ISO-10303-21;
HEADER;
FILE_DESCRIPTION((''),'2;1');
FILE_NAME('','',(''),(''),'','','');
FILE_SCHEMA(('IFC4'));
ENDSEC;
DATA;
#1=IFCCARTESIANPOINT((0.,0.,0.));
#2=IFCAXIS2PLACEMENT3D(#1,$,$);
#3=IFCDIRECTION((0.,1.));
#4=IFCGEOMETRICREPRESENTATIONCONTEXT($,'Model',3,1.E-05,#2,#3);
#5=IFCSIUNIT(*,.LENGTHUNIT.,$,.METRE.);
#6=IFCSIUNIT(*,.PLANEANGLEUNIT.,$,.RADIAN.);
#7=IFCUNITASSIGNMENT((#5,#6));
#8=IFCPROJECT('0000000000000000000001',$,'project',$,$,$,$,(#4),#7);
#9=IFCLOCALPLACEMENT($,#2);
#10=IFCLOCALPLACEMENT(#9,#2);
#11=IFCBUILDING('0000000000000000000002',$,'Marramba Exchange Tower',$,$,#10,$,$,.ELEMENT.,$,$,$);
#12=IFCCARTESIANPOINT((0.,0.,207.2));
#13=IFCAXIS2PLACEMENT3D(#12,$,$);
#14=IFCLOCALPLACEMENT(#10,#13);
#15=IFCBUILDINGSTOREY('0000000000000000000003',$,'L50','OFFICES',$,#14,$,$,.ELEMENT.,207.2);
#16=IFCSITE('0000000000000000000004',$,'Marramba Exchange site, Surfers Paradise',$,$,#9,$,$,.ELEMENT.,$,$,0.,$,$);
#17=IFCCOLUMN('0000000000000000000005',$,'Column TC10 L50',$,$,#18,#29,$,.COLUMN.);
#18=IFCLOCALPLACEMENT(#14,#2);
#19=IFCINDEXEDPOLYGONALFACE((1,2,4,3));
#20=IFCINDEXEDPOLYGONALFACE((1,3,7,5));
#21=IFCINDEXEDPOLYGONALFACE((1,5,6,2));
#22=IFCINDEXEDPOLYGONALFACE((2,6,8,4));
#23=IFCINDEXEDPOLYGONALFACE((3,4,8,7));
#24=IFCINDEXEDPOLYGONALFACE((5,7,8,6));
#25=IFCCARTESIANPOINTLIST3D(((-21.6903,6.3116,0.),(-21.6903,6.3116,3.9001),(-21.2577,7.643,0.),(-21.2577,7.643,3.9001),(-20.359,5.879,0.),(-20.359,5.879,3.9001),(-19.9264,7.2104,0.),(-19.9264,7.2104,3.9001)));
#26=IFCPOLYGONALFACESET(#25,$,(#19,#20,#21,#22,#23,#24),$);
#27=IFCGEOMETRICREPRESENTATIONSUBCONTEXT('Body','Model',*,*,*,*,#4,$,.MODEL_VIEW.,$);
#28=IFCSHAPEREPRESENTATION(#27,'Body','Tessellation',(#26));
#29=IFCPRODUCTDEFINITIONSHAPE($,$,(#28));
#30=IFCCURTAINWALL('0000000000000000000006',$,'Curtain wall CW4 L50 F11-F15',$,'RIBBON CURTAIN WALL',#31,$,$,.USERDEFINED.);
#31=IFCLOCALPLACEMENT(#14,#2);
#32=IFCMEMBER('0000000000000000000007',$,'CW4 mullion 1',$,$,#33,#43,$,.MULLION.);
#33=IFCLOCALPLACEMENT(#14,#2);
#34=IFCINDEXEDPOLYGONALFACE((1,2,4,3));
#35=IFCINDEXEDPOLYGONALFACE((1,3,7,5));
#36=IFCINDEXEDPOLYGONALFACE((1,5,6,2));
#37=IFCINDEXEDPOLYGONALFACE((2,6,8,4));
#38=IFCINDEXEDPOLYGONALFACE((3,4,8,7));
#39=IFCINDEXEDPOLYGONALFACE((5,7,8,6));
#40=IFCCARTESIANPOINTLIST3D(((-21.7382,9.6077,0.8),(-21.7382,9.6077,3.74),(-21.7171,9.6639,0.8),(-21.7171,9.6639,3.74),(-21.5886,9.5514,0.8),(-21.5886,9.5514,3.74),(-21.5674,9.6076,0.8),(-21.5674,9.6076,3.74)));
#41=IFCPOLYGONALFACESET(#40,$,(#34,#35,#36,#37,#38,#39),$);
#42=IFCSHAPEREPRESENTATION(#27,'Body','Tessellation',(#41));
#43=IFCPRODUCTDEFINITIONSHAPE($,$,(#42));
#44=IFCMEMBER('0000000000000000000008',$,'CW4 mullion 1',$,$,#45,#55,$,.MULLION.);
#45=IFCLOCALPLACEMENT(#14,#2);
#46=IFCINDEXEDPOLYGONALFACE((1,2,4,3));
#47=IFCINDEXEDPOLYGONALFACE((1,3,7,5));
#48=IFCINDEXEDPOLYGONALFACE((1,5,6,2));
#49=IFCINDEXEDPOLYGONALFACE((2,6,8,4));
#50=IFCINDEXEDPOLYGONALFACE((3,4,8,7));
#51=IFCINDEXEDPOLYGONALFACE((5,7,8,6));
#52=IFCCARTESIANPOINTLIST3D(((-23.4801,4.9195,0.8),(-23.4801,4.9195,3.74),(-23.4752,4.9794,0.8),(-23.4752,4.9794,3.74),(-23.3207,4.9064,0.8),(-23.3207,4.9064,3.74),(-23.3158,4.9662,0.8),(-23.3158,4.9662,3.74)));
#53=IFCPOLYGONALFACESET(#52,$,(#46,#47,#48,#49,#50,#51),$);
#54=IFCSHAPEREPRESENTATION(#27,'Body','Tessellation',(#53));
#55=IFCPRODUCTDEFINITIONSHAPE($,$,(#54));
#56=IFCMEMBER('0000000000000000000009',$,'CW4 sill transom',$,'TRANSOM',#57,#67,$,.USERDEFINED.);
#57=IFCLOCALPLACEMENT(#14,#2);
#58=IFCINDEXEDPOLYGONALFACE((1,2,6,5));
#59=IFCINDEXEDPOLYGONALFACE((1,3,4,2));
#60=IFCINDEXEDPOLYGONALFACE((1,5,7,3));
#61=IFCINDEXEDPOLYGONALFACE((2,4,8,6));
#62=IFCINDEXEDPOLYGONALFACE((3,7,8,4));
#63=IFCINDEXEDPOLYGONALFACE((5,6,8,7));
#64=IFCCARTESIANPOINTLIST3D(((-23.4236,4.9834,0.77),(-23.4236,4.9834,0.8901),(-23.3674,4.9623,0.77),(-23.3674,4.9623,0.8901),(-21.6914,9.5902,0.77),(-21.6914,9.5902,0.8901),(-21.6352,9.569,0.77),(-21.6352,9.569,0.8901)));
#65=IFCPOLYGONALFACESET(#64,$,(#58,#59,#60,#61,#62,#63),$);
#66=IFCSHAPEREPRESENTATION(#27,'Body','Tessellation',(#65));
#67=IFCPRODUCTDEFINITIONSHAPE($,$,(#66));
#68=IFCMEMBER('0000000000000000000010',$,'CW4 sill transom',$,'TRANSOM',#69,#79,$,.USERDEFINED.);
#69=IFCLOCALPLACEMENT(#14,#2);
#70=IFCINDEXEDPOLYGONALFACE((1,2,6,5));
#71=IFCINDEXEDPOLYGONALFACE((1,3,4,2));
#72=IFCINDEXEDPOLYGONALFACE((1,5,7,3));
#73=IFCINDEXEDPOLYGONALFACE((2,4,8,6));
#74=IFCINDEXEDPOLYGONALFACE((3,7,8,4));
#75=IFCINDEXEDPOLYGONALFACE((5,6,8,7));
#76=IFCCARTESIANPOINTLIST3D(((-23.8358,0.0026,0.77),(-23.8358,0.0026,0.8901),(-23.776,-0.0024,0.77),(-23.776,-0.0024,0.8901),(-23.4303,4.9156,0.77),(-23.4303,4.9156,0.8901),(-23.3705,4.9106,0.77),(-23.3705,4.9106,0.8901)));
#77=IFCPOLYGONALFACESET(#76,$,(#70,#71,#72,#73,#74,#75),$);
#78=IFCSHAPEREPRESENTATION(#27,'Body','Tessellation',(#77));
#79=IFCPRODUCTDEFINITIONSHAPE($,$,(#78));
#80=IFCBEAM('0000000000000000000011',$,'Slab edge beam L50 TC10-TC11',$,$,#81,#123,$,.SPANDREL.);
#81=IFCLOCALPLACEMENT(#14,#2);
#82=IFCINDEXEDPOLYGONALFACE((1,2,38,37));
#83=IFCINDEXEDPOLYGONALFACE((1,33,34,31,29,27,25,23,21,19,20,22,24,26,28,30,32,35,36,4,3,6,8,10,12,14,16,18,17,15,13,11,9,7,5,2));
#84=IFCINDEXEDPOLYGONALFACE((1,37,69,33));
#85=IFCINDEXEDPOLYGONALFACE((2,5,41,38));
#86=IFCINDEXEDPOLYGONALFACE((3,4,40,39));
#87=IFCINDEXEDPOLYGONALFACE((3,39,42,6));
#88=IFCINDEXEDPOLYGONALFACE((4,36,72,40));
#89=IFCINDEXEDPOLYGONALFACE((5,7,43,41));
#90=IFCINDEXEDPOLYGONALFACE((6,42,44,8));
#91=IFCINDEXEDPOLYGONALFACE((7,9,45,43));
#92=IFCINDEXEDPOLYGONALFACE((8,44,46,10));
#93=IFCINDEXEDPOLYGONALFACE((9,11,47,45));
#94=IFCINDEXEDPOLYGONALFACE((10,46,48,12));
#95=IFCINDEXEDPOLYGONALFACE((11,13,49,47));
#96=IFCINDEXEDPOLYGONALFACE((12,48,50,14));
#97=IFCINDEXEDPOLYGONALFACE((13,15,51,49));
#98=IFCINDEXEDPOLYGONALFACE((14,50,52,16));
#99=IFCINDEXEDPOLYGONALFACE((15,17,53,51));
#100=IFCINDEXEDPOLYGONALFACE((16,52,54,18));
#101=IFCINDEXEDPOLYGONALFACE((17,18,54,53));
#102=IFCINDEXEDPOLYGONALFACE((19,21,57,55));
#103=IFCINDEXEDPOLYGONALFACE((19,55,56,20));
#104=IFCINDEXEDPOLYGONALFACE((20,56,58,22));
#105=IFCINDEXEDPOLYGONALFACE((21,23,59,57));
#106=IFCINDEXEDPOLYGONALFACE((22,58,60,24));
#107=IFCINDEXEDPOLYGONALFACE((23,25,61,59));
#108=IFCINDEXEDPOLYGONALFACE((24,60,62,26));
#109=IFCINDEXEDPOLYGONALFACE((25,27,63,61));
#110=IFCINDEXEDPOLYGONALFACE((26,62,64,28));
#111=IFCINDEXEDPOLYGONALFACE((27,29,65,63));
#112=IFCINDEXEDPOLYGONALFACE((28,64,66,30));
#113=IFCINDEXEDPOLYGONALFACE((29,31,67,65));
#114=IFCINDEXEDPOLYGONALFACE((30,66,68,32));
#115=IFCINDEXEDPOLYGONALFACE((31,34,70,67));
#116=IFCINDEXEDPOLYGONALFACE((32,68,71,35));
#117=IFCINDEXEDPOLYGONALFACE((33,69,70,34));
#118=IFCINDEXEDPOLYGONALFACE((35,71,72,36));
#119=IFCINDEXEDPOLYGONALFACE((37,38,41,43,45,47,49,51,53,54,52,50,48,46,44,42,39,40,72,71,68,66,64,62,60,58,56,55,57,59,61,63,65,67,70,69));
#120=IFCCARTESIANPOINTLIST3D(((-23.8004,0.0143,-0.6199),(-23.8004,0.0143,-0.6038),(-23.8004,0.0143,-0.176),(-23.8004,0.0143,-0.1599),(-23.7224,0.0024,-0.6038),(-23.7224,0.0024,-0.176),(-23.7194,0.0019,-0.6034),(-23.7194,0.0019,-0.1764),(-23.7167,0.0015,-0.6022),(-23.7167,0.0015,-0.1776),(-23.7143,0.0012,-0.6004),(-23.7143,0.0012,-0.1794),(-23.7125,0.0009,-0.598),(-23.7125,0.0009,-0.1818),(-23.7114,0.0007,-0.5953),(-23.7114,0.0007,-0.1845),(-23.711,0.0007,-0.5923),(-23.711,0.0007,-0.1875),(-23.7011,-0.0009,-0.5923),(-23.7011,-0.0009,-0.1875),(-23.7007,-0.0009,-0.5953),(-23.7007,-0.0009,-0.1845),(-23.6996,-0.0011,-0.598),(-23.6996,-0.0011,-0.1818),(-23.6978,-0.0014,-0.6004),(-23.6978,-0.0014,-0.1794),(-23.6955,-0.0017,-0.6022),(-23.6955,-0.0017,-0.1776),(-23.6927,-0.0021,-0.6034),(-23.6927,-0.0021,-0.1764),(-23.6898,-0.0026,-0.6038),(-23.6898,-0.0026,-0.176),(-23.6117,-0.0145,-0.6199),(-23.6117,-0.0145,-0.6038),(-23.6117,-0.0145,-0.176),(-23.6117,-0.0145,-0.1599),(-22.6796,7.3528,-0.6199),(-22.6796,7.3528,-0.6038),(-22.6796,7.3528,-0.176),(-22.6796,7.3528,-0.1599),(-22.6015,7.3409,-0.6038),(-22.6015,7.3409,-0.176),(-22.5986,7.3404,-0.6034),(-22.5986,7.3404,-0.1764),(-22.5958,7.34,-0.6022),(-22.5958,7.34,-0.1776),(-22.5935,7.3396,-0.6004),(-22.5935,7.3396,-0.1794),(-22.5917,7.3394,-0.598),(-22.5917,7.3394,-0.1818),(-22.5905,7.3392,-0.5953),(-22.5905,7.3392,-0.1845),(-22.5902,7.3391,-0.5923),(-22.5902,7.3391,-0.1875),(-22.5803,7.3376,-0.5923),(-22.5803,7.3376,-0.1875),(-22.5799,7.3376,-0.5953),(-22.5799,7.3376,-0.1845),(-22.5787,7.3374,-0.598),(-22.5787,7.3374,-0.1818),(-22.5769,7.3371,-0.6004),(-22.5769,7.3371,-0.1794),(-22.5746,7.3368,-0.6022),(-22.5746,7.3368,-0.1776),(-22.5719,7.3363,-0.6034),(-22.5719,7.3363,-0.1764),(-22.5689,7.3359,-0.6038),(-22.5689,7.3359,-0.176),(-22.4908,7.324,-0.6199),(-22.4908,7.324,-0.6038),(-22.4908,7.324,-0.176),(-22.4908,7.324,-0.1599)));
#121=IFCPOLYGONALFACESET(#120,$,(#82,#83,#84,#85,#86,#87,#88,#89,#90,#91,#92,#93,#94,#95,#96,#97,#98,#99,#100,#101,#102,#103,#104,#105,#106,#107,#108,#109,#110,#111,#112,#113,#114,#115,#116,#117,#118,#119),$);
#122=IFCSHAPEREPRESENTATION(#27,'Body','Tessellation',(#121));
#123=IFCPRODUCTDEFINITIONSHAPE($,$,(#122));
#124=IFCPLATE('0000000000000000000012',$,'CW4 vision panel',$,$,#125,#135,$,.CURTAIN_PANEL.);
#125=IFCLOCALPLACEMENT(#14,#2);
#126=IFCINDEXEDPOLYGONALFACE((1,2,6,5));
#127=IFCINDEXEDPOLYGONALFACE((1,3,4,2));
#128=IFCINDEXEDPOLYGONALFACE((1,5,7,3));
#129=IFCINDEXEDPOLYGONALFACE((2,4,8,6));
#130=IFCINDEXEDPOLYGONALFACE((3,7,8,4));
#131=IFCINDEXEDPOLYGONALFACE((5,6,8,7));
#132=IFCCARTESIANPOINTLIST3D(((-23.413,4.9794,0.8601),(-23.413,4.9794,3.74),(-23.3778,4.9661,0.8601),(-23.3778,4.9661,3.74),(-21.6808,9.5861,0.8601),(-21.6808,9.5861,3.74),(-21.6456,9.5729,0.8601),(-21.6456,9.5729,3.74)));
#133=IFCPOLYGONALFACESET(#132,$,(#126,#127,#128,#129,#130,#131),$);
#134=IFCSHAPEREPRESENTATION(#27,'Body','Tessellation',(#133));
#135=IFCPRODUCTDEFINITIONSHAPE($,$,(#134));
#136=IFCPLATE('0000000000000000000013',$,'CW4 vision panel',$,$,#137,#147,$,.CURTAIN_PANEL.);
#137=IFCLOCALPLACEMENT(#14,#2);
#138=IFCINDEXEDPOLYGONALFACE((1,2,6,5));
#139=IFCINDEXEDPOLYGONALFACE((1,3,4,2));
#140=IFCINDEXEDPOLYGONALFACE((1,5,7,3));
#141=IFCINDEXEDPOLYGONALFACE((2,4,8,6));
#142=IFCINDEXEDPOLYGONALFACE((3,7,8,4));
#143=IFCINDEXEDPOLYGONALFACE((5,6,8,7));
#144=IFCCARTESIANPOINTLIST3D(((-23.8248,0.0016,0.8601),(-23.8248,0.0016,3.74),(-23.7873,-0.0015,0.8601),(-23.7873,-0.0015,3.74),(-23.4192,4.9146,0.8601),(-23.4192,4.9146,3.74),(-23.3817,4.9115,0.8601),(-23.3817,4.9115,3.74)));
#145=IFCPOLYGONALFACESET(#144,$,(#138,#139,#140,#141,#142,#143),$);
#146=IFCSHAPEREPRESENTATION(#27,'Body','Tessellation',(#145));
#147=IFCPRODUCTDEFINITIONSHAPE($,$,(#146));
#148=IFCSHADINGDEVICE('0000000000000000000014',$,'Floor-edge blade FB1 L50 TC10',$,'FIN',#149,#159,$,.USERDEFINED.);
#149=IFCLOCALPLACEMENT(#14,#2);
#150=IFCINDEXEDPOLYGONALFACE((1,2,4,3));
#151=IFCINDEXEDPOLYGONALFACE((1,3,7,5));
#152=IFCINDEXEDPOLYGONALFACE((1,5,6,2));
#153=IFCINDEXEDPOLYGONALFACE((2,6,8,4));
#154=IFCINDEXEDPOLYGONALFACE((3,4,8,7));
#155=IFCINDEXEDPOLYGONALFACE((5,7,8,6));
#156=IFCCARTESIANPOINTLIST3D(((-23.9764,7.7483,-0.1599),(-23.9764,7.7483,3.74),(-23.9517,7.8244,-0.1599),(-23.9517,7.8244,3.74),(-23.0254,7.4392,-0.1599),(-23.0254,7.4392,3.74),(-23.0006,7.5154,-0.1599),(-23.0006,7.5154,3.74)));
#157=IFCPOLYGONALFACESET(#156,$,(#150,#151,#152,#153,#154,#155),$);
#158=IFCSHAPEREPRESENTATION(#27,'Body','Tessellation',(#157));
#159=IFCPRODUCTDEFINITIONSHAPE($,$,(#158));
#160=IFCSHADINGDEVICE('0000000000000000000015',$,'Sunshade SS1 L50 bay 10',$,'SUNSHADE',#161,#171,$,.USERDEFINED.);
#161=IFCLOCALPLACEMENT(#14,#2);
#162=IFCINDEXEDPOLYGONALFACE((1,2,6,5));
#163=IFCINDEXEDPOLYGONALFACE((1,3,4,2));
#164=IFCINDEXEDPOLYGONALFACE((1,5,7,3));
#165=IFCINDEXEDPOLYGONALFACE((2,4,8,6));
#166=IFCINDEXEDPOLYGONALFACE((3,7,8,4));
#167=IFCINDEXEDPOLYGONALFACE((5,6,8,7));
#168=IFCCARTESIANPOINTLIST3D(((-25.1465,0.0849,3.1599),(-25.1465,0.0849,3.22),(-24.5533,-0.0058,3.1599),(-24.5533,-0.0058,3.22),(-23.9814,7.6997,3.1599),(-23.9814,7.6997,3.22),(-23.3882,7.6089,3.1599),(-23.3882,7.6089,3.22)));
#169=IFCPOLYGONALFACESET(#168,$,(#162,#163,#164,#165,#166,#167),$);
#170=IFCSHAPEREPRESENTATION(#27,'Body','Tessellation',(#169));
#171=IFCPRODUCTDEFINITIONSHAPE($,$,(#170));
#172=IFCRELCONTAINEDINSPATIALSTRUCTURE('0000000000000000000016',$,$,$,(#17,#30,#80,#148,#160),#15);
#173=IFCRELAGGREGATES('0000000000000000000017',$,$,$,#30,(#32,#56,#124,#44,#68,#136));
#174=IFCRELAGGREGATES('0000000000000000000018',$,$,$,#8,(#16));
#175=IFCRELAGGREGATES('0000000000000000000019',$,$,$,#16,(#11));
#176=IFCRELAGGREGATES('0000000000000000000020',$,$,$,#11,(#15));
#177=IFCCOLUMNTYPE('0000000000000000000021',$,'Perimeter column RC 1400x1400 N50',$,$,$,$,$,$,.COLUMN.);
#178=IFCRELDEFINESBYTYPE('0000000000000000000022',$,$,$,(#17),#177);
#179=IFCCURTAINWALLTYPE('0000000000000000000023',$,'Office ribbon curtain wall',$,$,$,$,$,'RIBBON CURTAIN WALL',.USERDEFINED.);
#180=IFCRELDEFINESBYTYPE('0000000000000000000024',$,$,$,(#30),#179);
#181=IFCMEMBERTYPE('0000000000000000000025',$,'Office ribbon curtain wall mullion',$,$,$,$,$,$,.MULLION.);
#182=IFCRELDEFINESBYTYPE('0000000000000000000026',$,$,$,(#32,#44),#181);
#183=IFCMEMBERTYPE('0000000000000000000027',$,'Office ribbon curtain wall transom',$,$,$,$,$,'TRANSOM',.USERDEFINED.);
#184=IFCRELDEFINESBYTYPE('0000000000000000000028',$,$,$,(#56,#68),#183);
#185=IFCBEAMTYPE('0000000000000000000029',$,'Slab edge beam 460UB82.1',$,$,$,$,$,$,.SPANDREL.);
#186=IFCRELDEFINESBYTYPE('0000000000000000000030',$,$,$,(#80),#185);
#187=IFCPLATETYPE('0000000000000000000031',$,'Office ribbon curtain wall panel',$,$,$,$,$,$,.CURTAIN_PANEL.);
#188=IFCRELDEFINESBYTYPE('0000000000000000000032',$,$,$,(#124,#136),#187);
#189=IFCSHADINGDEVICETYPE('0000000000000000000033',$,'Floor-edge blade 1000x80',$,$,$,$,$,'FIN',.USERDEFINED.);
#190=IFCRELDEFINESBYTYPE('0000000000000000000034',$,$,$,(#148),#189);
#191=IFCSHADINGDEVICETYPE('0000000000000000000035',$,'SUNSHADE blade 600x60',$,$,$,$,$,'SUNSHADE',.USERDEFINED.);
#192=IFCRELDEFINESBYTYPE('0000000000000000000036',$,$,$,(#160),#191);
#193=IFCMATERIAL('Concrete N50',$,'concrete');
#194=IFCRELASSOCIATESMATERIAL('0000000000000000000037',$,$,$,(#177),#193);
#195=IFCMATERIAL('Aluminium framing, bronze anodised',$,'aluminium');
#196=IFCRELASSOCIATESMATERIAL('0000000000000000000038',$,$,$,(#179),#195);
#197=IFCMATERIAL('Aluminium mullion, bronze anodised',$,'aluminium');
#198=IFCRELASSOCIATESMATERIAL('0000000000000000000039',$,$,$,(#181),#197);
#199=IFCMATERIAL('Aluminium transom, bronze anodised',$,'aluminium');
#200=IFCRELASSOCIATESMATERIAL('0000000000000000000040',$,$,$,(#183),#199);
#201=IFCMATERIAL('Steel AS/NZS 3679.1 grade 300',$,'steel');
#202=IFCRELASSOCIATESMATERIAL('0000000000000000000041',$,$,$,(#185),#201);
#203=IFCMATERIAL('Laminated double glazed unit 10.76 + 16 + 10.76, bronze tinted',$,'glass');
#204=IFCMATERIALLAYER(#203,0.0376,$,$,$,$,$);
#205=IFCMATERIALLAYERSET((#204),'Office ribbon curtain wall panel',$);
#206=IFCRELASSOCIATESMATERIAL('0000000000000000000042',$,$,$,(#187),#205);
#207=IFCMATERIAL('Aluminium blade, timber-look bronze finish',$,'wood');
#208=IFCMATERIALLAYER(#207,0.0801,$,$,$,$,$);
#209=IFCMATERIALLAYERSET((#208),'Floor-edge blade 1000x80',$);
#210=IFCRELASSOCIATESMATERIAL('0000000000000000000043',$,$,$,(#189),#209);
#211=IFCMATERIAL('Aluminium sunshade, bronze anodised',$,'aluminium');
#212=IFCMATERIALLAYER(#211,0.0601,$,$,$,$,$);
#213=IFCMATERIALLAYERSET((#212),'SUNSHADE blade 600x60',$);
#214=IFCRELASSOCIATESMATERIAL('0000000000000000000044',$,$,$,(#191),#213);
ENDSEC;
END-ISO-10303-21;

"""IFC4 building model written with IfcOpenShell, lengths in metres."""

from ifc_helpers import new_model, si_unit, direction, frame, origin, origin_2d, place, context, subcontext, project, spatial, rectangle, i_section, extrude, material, layer, layer_set, material_profile, profile_set, type_object, element, aggregate, save


model = new_model("IFC4")

# Units and contexts
model_context = context("Model", 3, precision=1e-05, world=origin(), true_north=direction((0.0, 1.0)))
body_context = subcontext(model_context, "Body", "Model", "MODEL_VIEW")
ifc_project = project(units=[si_unit("LENGTHUNIT", "METRE"), si_unit("PLANEANGLEUNIT", "RADIAN")], contexts=[model_context])

# Site, building, storey
site_placement = place(None, origin())
site = spatial("IfcSite", under=ifc_project, at=site_placement, Name="Marramba Exchange site, Surfers Paradise", CompositionType="ELEMENT", RefElevation=0.0)
building_placement = place(site_placement, origin())
building = spatial("IfcBuilding", under=site, at=building_placement, Name="Marramba Exchange Tower", CompositionType="ELEMENT")
storey_placement = place(building_placement, frame((0.0, 0.0, 207.2)))
storey = spatial("IfcBuildingStorey", under=building, at=storey_placement, Name="L50", Description="OFFICES", CompositionType="ELEMENT", Elevation=207.2)

# Column
ifc_material_1 = material(Name="Concrete N50", Category="concrete")
ifc_material_profile_1 = material_profile(ifc_material_1, rectangle(XDim=1.3999, YDim=1.3999, at=origin_2d()), Name="RC 1400x1400")
ifc_profile_set_1 = profile_set([ifc_material_profile_1], Name="Concrete N50")
column_type = type_object("IfcColumnType", Name="Perimeter column RC 1400x1400 N50", PredefinedType="COLUMN", material=ifc_profile_set_1)
column_placement = place(storey_placement, frame((-20.8083, 6.761, 0.0), z_axis=(0.0, 0.0, 1.0), x_axis=(-0.951057, 0.309017, 0.0)))
element("IfcColumn", 1, at=column_placement, inside=storey, type_object=column_type, Name="Column TC10 L50", PredefinedType="COLUMN", context=body_context, shape_type="SweptSolid", body=[
    extrude(rectangle(XDim=1.3999, YDim=1.3999, at=origin_2d()), origin(), (0.0, 0.0, 1.0), 3.9001),
])

# Curtain wall, members
ifc_material_2 = material(Name="Aluminium framing, bronze anodised", Category="aluminium")
curtain_wall_type = type_object("IfcCurtainWallType", Name="Office ribbon curtain wall", ElementType="RIBBON CURTAIN WALL", PredefinedType="USERDEFINED", material=ifc_material_2)
curtain_wall_placement = place(storey_placement, origin())
curtain_wall = element("IfcCurtainWall", 2, at=curtain_wall_placement, inside=storey, type_object=curtain_wall_type, Name="Curtain wall CW4 L50 F11-F15", ObjectType="RIBBON CURTAIN WALL", PredefinedType="USERDEFINED")
ifc_material_3 = material(Name="Aluminium mullion, bronze anodised", Category="aluminium")
ifc_material_profile_2 = material_profile(ifc_material_3, rectangle(XDim=0.1599, YDim=0.0601, at=origin_2d()), Name="CW4 mullion 60x160")
ifc_profile_set_2 = profile_set([ifc_material_profile_2], Name="Aluminium mullion, bronze anodised")
member_type_1 = type_object("IfcMemberType", Name="Office ribbon curtain wall mullion", PredefinedType="MULLION", material=ifc_profile_set_2)
member_1_placement = place(storey_placement, frame((-21.6528, 9.6077, 0.8), z_axis=(0.0, 0.0, 1.0), x_axis=(0.936018, -0.351952, 0.0)))
member_1 = element("IfcMember", 3, at=member_1_placement, type_object=member_type_1, Name="CW4 mullion 1", PredefinedType="MULLION", context=body_context, shape_type="SweptSolid", body=[
    extrude(rectangle(XDim=0.1599, YDim=0.0601, at=origin_2d()), origin(), (0.0, 0.0, 1.0), 2.9399),
])
member_2_placement = place(storey_placement, frame((-23.3979, 4.9429, 0.8), z_axis=(0.0, 0.0, 1.0), x_axis=(0.996609, -0.082281, 0.0)))
member_2 = element("IfcMember", 4, at=member_2_placement, type_object=member_type_1, Name="CW4 mullion 1", PredefinedType="MULLION", context=body_context, shape_type="SweptSolid", body=[
    extrude(rectangle(XDim=0.1599, YDim=0.0601, at=origin_2d()), origin(), (0.0, 0.0, 1.0), 2.9399),
])
ifc_material_4 = material(Name="Aluminium transom, bronze anodised", Category="aluminium")
ifc_material_profile_3 = material_profile(ifc_material_4, rectangle(XDim=0.0601, YDim=0.1201, at=origin_2d()), Name="CW4 transom 60x120")
ifc_profile_set_3 = profile_set([ifc_material_profile_3], Name="Aluminium transom, bronze anodised")
member_type_2 = type_object("IfcMemberType", Name="Office ribbon curtain wall transom", ElementType="TRANSOM", PredefinedType="USERDEFINED", material=ifc_profile_set_3)
member_3_placement = place(storey_placement, frame((-21.6633, 9.5796, 0.8301), z_axis=(-0.351955, -0.936017, 0.0), x_axis=(0.936017, -0.351955, 0.0)))
member_3 = element("IfcMember", 5, at=member_3_placement, type_object=member_type_2, Name="CW4 sill transom", ObjectType="TRANSOM", PredefinedType="USERDEFINED", context=body_context, shape_type="SweptSolid", body=[
    extrude(rectangle(XDim=0.0601, YDim=0.1201, at=origin_2d()), origin(), (0.0, 0.0, 1.0), 4.9216),
])
member_4_placement = place(storey_placement, frame((-23.4004, 4.9131, 0.8301), z_axis=(-0.082259, -0.996611, 0.0), x_axis=(0.996611, -0.082259, 0.0)))
member_4 = element("IfcMember", 6, at=member_4_placement, type_object=member_type_2, Name="CW4 sill transom", ObjectType="TRANSOM", PredefinedType="USERDEFINED", context=body_context, shape_type="SweptSolid", body=[
    extrude(rectangle(XDim=0.0601, YDim=0.1201, at=origin_2d()), origin(), (0.0, 0.0, 1.0), 4.9297),
])

# Beam
ifc_material_5 = material(Name="Steel AS/NZS 3679.1 grade 300", Category="steel")
ifc_material_profile_4 = material_profile(ifc_material_5, i_section(OverallWidth=0.1909, OverallDepth=0.46, WebThickness=0.01, FlangeThickness=0.0161, FilletRadius=0.0115, at=origin_2d()), Name="460UB82.1")
ifc_profile_set_4 = profile_set([ifc_material_profile_4], Name="Steel AS/NZS 3679.1 grade 300")
beam_type = type_object("IfcBeamType", Name="Slab edge beam 460UB82.1", PredefinedType="SPANDREL", material=ifc_profile_set_4)
beam_placement = place(storey_placement, frame((-22.5852, 7.3384, -0.3899), z_axis=(-0.150987, -0.988536, 0.0), x_axis=(0.988536, -0.150987, 0.0)))
element("IfcBeam", 7, at=beam_placement, inside=storey, type_object=beam_type, Name="Slab edge beam L50 TC10-TC11", PredefinedType="SPANDREL", context=body_context, shape_type="SweptSolid", body=[
    extrude(i_section(OverallWidth=0.1909, OverallDepth=0.46, WebThickness=0.01, FlangeThickness=0.0161, FilletRadius=0.0115, at=origin_2d()), origin(), (0.0, 0.0, 1.0), 7.4236),
])

# Plates
ifc_material_6 = material(Name="Laminated double glazed unit 10.76 + 16 + 10.76, bronze tinted", Category="glass")
ifc_layer_1 = layer(ifc_material_6, 0.0376)
ifc_layer_set_1 = layer_set([ifc_layer_1], Name="Office ribbon curtain wall panel")
plate_type = type_object("IfcPlateType", Name="Office ribbon curtain wall panel", PredefinedType="CURTAIN_PANEL", material=ifc_layer_set_1)
plate_1_placement = place(storey_placement, frame((-22.5293, 7.2761, 0.8601), z_axis=(0.0, 0.0, 1.0), x_axis=(-0.351952, -0.936018, 0.0)))
plate_1 = element("IfcPlate", 8, at=plate_1_placement, type_object=plate_type, Name="CW4 vision panel", PredefinedType="CURTAIN_PANEL", context=body_context, shape_type="SweptSolid", body=[
    extrude(rectangle(XDim=4.9216, YDim=0.0376, at=origin_2d()), origin(), (0.0, 0.0, 1.0), 2.8799),
])
plate_2_placement = place(storey_placement, frame((-23.6033, 2.4565, 0.8601), z_axis=(0.0, 0.0, 1.0), x_axis=(-0.082281, -0.996609, 0.0)))
plate_2 = element("IfcPlate", 9, at=plate_2_placement, type_object=plate_type, Name="CW4 vision panel", PredefinedType="CURTAIN_PANEL", context=body_context, shape_type="SweptSolid", body=[
    extrude(rectangle(XDim=4.9297, YDim=0.0376, at=origin_2d()), origin(), (0.0, 0.0, 1.0), 2.8799),
])
aggregate(curtain_wall, [member_1, member_3, plate_1, member_2, member_4, plate_2])

# Shading devices
ifc_material_7 = material(Name="Aluminium blade, timber-look bronze finish", Category="wood")
ifc_layer_2 = layer(ifc_material_7, 0.0801)
ifc_layer_set_2 = layer_set([ifc_layer_2], Name="Floor-edge blade 1000x80")
shading_device_type_1 = type_object("IfcShadingDeviceType", Name="Floor-edge blade 1000x80", ElementType="FIN", PredefinedType="USERDEFINED", material=ifc_layer_set_2)
shading_device_1_placement = place(storey_placement, frame((-23.4885, 7.6318, -0.1599), z_axis=(0.0, 0.0, 1.0), x_axis=(-0.951057, 0.309017, 0.0)))
element("IfcShadingDevice", 10, at=shading_device_1_placement, inside=storey, type_object=shading_device_type_1, Name="Floor-edge blade FB1 L50 TC10", ObjectType="FIN", PredefinedType="USERDEFINED", context=body_context, shape_type="SweptSolid", body=[
    extrude(rectangle(XDim=1.0, YDim=0.0801, at=origin_2d()), origin(), (0.0, 0.0, 1.0), 3.8999),
])
ifc_material_8 = material(Name="Aluminium sunshade, bronze anodised", Category="aluminium")
ifc_layer_3 = layer(ifc_material_8, 0.0601)
ifc_layer_set_3 = layer_set([ifc_layer_3], Name="SUNSHADE blade 600x60")
shading_device_type_2 = type_object("IfcShadingDeviceType", Name="SUNSHADE blade 600x60", ElementType="SUNSHADE", PredefinedType="USERDEFINED", material=ifc_layer_set_3)
shading_device_2_placement = place(storey_placement, frame((-24.2673, 3.8469, 3.1599), z_axis=(0.0, 0.0, 1.0), x_axis=(-0.151241, -0.988497, 0.0)))
element("IfcShadingDevice", 11, at=shading_device_2_placement, inside=storey, type_object=shading_device_type_2, Name="Sunshade SS1 L50 bay 10", ObjectType="SUNSHADE", PredefinedType="USERDEFINED", context=body_context, shape_type="SweptSolid", body=[
    extrude(rectangle(XDim=7.7034, YDim=0.6001, at=origin_2d()), origin(), (0.0, 0.0, 1.0), 0.0601),
])

save(model, "model.ifc")
